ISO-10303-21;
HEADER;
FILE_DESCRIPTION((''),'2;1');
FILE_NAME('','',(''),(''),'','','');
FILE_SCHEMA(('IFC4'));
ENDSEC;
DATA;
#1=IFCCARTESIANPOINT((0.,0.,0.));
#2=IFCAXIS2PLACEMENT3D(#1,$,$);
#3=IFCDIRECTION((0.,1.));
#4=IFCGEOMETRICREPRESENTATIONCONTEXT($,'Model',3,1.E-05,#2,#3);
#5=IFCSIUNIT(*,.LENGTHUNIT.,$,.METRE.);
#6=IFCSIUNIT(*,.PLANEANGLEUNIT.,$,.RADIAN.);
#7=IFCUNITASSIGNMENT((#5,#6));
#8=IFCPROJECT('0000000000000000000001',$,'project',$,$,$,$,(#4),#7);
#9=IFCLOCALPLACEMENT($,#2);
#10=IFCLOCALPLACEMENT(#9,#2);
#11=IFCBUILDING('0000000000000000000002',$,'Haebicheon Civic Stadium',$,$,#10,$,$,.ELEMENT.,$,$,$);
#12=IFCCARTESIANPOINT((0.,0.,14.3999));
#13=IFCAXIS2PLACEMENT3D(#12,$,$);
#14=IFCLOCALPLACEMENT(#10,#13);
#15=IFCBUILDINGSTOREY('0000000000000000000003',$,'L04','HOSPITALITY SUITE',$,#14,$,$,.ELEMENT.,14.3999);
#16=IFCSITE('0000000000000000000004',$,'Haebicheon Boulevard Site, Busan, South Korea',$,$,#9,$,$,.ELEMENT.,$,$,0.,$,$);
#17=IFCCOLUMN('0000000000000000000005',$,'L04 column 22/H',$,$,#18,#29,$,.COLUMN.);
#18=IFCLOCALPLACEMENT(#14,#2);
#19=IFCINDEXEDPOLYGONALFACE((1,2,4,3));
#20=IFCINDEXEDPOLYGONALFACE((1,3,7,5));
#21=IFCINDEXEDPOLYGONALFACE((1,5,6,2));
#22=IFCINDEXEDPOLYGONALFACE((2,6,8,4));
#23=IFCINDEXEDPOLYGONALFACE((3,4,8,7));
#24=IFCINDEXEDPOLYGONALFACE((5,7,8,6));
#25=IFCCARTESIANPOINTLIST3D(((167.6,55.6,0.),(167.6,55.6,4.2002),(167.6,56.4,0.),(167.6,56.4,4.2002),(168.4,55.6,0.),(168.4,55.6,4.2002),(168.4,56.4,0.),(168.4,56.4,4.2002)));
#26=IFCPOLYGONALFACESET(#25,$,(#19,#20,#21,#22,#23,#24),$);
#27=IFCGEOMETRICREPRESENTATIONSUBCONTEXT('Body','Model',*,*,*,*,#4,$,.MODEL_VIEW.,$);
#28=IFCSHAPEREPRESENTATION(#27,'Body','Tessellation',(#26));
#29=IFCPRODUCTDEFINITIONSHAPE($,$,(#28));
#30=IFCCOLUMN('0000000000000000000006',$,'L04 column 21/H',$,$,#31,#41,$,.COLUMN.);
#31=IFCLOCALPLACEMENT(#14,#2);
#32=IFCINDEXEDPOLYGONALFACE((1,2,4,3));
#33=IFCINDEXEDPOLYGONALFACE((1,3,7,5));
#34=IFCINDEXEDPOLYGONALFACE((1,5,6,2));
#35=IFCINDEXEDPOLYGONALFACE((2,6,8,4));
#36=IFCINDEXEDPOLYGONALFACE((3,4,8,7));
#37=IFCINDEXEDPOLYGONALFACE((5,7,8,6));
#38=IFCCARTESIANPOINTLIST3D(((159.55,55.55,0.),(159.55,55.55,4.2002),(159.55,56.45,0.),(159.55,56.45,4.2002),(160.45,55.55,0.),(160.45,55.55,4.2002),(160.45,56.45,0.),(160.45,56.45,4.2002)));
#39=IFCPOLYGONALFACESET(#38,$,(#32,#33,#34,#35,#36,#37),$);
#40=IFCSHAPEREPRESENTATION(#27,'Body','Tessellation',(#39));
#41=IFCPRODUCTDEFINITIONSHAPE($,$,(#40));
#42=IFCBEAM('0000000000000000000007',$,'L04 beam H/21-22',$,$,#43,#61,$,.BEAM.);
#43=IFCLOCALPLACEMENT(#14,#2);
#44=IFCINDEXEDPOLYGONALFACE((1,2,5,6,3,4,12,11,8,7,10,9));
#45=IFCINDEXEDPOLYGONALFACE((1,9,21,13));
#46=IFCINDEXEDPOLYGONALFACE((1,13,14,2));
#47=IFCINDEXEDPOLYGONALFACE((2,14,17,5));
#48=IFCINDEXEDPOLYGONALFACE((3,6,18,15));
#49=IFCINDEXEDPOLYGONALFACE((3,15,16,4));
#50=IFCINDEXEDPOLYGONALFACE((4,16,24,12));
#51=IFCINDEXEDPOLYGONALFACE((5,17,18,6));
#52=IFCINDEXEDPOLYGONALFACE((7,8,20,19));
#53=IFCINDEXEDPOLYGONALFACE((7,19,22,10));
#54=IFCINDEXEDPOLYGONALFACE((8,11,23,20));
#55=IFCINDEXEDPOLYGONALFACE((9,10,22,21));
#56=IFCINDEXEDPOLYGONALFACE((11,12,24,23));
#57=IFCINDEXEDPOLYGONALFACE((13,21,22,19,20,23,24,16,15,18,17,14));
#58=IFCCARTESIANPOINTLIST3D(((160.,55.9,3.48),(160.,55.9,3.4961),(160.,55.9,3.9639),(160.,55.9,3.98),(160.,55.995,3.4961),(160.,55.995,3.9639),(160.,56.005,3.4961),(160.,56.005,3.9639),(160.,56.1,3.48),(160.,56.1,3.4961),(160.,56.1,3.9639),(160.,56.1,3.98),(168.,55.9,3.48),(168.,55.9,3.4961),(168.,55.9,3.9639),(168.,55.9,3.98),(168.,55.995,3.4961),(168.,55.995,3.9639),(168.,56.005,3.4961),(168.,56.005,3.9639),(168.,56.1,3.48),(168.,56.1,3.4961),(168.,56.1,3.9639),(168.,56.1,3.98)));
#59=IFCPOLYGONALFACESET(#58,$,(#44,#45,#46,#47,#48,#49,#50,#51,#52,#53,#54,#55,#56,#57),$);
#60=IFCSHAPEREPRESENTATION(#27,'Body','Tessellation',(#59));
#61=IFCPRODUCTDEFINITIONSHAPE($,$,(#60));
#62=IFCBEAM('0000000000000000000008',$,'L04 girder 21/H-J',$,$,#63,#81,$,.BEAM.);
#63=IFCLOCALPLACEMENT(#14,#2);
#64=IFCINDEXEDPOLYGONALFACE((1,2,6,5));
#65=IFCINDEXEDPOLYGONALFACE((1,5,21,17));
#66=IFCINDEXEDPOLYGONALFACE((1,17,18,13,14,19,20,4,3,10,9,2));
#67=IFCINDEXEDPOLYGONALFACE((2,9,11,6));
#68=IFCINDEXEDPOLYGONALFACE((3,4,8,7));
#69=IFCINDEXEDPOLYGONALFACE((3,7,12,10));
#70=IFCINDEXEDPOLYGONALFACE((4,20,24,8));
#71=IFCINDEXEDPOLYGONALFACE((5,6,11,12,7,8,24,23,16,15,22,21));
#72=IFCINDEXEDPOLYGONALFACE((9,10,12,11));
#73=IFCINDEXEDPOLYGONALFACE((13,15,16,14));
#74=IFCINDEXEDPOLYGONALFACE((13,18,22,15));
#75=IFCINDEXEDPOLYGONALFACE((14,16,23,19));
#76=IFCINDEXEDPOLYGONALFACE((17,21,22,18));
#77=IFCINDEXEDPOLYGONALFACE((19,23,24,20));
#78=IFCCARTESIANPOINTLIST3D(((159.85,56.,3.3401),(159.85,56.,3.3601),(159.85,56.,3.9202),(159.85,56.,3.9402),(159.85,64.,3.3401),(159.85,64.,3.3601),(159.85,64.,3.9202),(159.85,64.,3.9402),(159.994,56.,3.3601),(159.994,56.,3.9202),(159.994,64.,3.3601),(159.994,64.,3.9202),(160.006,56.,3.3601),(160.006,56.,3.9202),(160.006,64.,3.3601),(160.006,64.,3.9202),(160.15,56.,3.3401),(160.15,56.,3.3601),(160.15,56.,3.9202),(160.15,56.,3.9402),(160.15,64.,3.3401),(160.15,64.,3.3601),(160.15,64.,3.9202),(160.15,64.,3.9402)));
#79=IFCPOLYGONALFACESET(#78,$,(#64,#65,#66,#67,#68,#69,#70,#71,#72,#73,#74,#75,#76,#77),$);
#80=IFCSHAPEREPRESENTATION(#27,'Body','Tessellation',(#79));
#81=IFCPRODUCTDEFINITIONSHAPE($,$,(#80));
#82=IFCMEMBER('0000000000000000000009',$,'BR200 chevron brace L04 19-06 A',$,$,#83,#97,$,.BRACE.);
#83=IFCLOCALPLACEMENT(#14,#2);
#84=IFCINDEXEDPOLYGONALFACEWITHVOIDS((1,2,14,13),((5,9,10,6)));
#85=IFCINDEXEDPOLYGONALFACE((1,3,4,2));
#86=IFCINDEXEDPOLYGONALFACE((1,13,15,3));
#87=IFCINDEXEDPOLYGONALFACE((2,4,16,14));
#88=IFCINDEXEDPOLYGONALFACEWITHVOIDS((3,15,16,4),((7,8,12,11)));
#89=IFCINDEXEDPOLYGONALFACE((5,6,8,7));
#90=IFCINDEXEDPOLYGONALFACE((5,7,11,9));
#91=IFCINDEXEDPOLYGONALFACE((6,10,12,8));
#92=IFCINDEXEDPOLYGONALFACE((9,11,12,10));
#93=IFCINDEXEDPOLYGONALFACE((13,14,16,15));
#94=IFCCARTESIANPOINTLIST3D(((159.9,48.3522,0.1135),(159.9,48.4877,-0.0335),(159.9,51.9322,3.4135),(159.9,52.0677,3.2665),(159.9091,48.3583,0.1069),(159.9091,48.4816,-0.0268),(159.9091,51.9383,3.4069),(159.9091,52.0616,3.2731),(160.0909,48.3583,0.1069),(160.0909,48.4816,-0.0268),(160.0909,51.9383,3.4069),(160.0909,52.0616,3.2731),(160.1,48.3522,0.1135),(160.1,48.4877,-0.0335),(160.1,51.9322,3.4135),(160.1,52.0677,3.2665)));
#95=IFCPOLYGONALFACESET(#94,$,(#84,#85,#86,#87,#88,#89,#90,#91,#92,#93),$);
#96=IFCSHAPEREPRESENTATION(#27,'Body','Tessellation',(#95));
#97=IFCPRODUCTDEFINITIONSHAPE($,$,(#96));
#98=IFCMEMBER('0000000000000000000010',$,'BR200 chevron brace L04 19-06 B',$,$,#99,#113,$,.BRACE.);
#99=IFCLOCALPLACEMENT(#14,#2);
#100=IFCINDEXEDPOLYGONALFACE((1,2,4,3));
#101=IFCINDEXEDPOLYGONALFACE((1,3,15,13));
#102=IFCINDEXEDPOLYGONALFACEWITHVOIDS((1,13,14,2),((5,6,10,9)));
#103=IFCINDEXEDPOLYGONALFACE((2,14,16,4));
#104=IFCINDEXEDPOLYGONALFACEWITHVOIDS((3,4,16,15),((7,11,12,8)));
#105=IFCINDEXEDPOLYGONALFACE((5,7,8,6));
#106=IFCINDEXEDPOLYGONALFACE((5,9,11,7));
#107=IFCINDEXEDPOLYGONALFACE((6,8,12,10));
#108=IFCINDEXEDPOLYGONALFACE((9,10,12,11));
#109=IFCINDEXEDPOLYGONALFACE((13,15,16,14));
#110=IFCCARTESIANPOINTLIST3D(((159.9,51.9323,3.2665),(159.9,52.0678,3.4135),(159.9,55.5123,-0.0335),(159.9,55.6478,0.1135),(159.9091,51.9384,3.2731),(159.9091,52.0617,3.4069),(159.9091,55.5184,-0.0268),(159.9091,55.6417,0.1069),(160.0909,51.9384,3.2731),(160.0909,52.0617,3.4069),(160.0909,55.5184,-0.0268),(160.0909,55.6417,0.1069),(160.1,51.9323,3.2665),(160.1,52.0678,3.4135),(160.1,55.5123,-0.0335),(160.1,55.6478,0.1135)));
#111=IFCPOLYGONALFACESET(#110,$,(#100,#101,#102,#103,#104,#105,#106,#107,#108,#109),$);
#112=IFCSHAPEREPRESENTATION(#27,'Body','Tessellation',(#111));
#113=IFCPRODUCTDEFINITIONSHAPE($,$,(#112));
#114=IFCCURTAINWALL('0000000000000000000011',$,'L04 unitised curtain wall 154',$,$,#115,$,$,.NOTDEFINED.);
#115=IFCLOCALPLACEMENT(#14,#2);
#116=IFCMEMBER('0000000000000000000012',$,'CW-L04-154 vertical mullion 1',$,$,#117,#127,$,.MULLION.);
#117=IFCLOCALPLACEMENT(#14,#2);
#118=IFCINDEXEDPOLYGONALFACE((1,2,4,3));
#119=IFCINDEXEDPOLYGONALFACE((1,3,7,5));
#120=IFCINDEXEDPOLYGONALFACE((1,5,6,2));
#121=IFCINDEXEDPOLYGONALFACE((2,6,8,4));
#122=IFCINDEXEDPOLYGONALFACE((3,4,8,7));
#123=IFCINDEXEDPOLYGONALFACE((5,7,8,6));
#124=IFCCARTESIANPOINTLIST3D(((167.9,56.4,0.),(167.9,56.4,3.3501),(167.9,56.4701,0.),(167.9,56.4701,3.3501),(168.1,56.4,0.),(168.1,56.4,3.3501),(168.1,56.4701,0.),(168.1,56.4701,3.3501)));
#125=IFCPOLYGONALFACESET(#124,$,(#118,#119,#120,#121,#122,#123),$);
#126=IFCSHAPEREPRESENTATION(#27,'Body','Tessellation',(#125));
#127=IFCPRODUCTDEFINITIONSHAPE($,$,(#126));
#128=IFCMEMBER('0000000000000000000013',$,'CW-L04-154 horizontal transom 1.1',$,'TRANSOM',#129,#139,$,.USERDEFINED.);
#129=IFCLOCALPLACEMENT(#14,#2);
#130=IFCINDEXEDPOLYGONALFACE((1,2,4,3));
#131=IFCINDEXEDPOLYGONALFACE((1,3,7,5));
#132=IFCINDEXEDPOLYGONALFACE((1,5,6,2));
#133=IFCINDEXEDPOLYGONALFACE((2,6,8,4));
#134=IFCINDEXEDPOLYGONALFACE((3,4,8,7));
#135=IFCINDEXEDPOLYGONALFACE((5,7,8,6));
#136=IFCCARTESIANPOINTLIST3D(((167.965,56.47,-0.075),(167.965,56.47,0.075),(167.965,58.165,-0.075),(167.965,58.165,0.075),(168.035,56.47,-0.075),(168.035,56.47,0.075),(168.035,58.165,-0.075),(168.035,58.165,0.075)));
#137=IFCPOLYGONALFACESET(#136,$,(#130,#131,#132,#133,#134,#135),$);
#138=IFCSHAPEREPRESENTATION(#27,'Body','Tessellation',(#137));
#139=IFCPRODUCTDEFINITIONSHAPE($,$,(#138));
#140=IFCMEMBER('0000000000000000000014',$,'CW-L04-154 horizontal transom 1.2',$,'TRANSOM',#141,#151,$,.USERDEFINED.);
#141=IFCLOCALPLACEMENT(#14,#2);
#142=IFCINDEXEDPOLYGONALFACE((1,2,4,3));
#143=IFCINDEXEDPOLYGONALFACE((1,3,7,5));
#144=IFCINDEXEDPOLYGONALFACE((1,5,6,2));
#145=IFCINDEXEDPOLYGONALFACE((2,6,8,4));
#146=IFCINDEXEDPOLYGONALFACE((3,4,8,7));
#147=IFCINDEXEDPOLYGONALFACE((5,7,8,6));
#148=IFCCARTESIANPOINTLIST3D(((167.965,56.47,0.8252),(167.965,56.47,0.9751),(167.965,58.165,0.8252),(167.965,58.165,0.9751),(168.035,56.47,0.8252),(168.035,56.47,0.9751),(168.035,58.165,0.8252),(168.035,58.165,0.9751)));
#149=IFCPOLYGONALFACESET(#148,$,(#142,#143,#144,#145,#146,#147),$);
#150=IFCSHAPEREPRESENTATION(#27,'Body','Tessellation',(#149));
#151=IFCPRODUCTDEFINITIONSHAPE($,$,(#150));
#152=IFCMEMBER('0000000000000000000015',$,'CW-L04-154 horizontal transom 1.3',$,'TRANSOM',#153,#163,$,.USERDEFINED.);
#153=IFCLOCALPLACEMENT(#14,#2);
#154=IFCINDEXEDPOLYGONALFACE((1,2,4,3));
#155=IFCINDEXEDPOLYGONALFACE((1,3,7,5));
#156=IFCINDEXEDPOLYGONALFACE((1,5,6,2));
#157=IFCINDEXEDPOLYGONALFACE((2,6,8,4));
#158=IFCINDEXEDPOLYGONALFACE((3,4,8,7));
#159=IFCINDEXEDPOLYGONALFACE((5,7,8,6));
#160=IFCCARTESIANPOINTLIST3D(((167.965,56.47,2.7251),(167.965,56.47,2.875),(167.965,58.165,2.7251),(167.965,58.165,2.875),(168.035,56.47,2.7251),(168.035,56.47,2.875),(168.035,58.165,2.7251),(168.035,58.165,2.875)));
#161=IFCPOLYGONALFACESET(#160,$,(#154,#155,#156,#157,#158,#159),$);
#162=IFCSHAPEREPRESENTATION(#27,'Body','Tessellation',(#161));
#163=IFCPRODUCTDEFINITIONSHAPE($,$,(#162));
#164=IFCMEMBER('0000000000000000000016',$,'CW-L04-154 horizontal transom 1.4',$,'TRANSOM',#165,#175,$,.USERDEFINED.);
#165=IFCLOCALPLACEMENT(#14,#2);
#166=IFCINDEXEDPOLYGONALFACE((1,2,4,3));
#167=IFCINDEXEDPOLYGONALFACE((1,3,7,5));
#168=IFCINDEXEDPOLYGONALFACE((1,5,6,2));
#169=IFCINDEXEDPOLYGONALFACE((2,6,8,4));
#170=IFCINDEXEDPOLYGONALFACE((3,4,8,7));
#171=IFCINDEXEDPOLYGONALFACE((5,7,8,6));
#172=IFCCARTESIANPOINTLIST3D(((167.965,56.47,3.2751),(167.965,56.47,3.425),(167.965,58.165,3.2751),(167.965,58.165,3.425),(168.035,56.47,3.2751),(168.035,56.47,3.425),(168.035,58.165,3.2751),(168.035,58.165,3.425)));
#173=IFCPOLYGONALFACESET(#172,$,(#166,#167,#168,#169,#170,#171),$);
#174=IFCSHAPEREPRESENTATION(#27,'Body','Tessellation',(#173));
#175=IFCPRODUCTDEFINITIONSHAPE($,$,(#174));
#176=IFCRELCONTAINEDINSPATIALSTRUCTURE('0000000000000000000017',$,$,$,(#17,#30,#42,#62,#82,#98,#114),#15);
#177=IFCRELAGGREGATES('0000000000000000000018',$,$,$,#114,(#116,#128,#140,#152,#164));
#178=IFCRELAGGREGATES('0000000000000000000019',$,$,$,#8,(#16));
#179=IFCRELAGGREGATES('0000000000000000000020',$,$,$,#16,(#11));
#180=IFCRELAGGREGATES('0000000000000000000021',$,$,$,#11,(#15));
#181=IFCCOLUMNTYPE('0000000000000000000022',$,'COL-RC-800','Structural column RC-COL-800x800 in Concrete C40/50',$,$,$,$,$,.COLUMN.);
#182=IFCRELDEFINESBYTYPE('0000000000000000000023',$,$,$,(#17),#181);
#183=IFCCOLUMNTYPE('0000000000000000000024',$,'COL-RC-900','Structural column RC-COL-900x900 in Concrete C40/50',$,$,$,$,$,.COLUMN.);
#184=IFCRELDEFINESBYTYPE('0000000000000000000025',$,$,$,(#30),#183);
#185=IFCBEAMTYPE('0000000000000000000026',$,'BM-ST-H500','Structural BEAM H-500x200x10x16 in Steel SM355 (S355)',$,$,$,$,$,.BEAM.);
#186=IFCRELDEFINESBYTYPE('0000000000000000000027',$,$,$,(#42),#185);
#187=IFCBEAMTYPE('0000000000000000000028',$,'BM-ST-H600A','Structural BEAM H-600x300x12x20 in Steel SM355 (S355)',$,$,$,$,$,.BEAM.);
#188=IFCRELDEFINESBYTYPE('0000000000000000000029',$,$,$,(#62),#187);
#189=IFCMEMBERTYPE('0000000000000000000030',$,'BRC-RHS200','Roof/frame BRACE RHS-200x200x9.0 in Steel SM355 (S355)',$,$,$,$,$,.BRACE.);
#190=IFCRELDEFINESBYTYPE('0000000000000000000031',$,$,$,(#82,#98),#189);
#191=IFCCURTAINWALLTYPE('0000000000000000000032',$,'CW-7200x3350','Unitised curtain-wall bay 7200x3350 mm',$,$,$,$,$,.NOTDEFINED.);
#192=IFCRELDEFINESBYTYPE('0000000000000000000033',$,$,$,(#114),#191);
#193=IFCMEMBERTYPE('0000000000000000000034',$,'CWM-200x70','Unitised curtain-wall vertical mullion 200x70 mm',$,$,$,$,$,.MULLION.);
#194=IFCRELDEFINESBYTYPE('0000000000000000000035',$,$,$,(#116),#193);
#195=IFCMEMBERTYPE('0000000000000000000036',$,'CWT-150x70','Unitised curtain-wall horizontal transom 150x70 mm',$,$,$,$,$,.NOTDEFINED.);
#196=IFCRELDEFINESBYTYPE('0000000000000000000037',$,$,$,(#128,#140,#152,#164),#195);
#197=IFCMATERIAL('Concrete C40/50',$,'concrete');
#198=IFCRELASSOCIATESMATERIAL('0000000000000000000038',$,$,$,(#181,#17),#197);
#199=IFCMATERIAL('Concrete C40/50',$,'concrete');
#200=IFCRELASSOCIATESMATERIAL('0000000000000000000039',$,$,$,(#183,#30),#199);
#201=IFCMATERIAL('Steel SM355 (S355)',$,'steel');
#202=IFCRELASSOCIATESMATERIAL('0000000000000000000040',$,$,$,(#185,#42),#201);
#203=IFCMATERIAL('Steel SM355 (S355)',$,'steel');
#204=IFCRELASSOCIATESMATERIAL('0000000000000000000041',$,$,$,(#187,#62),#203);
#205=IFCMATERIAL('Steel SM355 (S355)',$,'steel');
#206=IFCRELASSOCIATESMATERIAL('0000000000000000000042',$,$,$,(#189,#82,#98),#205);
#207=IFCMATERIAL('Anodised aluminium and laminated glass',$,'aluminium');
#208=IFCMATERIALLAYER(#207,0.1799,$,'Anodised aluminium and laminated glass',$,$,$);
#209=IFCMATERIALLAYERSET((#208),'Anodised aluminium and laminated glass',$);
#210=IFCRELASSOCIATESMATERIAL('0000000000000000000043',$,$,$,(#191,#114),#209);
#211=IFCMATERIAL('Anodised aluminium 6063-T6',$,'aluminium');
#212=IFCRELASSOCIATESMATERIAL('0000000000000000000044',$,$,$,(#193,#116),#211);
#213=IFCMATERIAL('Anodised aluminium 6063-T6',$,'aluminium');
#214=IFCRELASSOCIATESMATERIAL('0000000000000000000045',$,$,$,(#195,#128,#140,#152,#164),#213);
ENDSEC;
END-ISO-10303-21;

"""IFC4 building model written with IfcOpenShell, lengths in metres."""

from ifc_helpers import new_model, si_unit, direction, frame, origin, origin_2d, place, context, subcontext, project, spatial, rectangle, hollow_rectangle, i_section, extrude, material, layer, layer_set, material_profile, profile_set, type_object, element, aggregate, save


model = new_model("IFC4")

# Units and contexts
model_context = context("Model", 3, precision=1e-05, world=origin(), true_north=direction((0.0, 1.0)))
body_context = subcontext(model_context, "Body", "Model", "MODEL_VIEW")
ifc_project = project(units=[si_unit("LENGTHUNIT", "METRE"), si_unit("PLANEANGLEUNIT", "RADIAN")], contexts=[model_context])

# Site, building, storey
site_placement = place(None, origin())
site = spatial("IfcSite", under=ifc_project, at=site_placement, Name="Haebicheon Boulevard Site, Busan, South Korea", CompositionType="ELEMENT", RefElevation=0.0)
building_placement = place(site_placement, origin())
building = spatial("IfcBuilding", under=site, at=building_placement, Name="Haebicheon Civic Stadium", CompositionType="ELEMENT")
storey_placement = place(building_placement, frame((0.0, 0.0, 14.3999)))
storey = spatial("IfcBuildingStorey", under=building, at=storey_placement, Name="L04", Description="HOSPITALITY SUITE", CompositionType="ELEMENT", Elevation=14.3999)

# Columns
ifc_material_1 = material(Name="Concrete C40/50", Category="concrete")
ifc_material_profile_1 = material_profile(ifc_material_1, rectangle(XDim=0.8, YDim=0.8, at=origin_2d()), Name="RC-COL-800x800")
ifc_profile_set_1 = profile_set([ifc_material_profile_1], Name="Concrete C40/50")
column_type_1 = type_object("IfcColumnType", Name="COL-RC-800", Description="Structural column RC-COL-800x800 in Concrete C40/50", PredefinedType="COLUMN", material=ifc_profile_set_1)
column_1_placement = place(storey_placement, frame((168.0, 56.0, 0.0), z_axis=(0.0, 0.0, 1.0), x_axis=(1.0, 0.0, 0.0)))
element("IfcColumn", 1, at=column_1_placement, inside=storey, type_object=column_type_1, material=ifc_profile_set_1, Name="L04 column 22/H", PredefinedType="COLUMN", context=body_context, shape_type="SweptSolid", body=[
    extrude(rectangle(XDim=0.8, YDim=0.8, at=origin_2d()), origin(), (0.0, 0.0, 1.0), 4.2002),
])
ifc_material_2 = material(Name="Concrete C40/50", Category="concrete")
ifc_material_profile_2 = material_profile(ifc_material_2, rectangle(XDim=0.8999, YDim=0.8999, at=origin_2d()), Name="RC-COL-900x900")
ifc_profile_set_2 = profile_set([ifc_material_profile_2], Name="Concrete C40/50")
column_type_2 = type_object("IfcColumnType", Name="COL-RC-900", Description="Structural column RC-COL-900x900 in Concrete C40/50", PredefinedType="COLUMN", material=ifc_profile_set_2)
column_2_placement = place(storey_placement, frame((160.0, 56.0, 0.0), z_axis=(0.0, 0.0, 1.0), x_axis=(1.0, 0.0, 0.0)))
element("IfcColumn", 2, at=column_2_placement, inside=storey, type_object=column_type_2, material=ifc_profile_set_2, Name="L04 column 21/H", PredefinedType="COLUMN", context=body_context, shape_type="SweptSolid", body=[
    extrude(rectangle(XDim=0.8999, YDim=0.8999, at=origin_2d()), origin(), (0.0, 0.0, 1.0), 4.2002),
])

# Beams
ifc_material_3 = material(Name="Steel SM355 (S355)", Category="steel")
ifc_material_profile_3 = material_profile(ifc_material_3, i_section(OverallWidth=0.2, OverallDepth=0.5, WebThickness=0.01, FlangeThickness=0.0161, at=origin_2d()), Name="H-500x200x10x16")
ifc_profile_set_3 = profile_set([ifc_material_profile_3], Name="Steel SM355 (S355)")
beam_type_1 = type_object("IfcBeamType", Name="BM-ST-H500", Description="Structural BEAM H-500x200x10x16 in Steel SM355 (S355)", PredefinedType="BEAM", material=ifc_profile_set_3)
beam_1_placement = place(storey_placement, frame((160.0, 56.0, 3.73), z_axis=(1.0, 0.0, 0.0), x_axis=(0.0, 1.0, 0.0)))
element("IfcBeam", 3, at=beam_1_placement, inside=storey, type_object=beam_type_1, material=ifc_profile_set_3, Name="L04 beam H/21-22", PredefinedType="BEAM", context=body_context, shape_type="SweptSolid", body=[
    extrude(i_section(OverallWidth=0.2, OverallDepth=0.5, WebThickness=0.01, FlangeThickness=0.0161, at=origin_2d()), origin(), (0.0, 0.0, 1.0), 8.0),
])
ifc_material_4 = material(Name="Steel SM355 (S355)", Category="steel")
ifc_material_profile_4 = material_profile(ifc_material_4, i_section(OverallWidth=0.3, OverallDepth=0.6001, WebThickness=0.012, FlangeThickness=0.02, at=origin_2d()), Name="H-600x300x12x20")
ifc_profile_set_4 = profile_set([ifc_material_profile_4], Name="Steel SM355 (S355)")
beam_type_2 = type_object("IfcBeamType", Name="BM-ST-H600A", Description="Structural BEAM H-600x300x12x20 in Steel SM355 (S355)", PredefinedType="BEAM", material=ifc_profile_set_4)
beam_2_placement = place(storey_placement, frame((160.0, 56.0, 3.6401), z_axis=(0.0, 1.0, 0.0), x_axis=(-1.0, 0.0, 0.0)))
element("IfcBeam", 4, at=beam_2_placement, inside=storey, type_object=beam_type_2, material=ifc_profile_set_4, Name="L04 girder 21/H-J", PredefinedType="BEAM", context=body_context, shape_type="SweptSolid", body=[
    extrude(i_section(OverallWidth=0.3, OverallDepth=0.6001, WebThickness=0.012, FlangeThickness=0.02, at=origin_2d()), origin(), (0.0, 0.0, 1.0), 8.0),
])

# Members
ifc_material_5 = material(Name="Steel SM355 (S355)", Category="steel")
ifc_material_profile_5 = material_profile(ifc_material_5, hollow_rectangle(XDim=0.2, YDim=0.2, WallThickness=0.009, at=origin_2d()), Name="RHS-200x200x9.0")
ifc_profile_set_5 = profile_set([ifc_material_profile_5], Name="Steel SM355 (S355)")
member_type_1 = type_object("IfcMemberType", Name="BRC-RHS200", Description="Roof/frame BRACE RHS-200x200x9.0 in Steel SM355 (S355)", PredefinedType="BRACE", material=ifc_profile_set_5)
for number, where, z_axis, x_axis, name in (
    (5, (160.0, 48.4199, 0.04), (0.0, 0.735278, 0.677766), (-1.0, 0.0, 0.0), "BR200 chevron brace L04 19-06 A"),
    (6, (160.0, 55.5801, 0.04), (0.0, -0.735278, 0.677766), (1.0, 0.0, 0.0), "BR200 chevron brace L04 19-06 B"),
):
    element("IfcMember", number, at=place(storey_placement, frame(where, z_axis=z_axis, x_axis=x_axis)), inside=storey, type_object=member_type_1, material=ifc_profile_set_5, Name=name, PredefinedType="BRACE", context=body_context, shape_type="SweptSolid", body=[
        extrude(hollow_rectangle(XDim=0.2, YDim=0.2, WallThickness=0.009, at=origin_2d()), origin(), (0.0, 0.0, 1.0), 4.8689),
    ])

# Curtain wall, members
ifc_material_6 = material(Name="Anodised aluminium and laminated glass", Category="aluminium")
ifc_layer_1 = layer(ifc_material_6, 0.1799, Name="Anodised aluminium and laminated glass")
ifc_layer_set_1 = layer_set([ifc_layer_1], Name="Anodised aluminium and laminated glass")
curtain_wall_type = type_object("IfcCurtainWallType", Name="CW-7200x3350", Description="Unitised curtain-wall bay 7200x3350 mm", PredefinedType="NOTDEFINED", material=ifc_layer_set_1)
curtain_wall_placement = place(storey_placement, origin())
curtain_wall = element("IfcCurtainWall", 7, at=curtain_wall_placement, inside=storey, type_object=curtain_wall_type, material=ifc_layer_set_1, Name="L04 unitised curtain wall 154", PredefinedType="NOTDEFINED")
ifc_material_7 = material(Name="Anodised aluminium 6063-T6", Category="aluminium")
ifc_material_profile_6 = material_profile(ifc_material_7, rectangle(XDim=0.0701, YDim=0.2, at=origin_2d()), Name="ALU-MULL-70x200")
ifc_profile_set_6 = profile_set([ifc_material_profile_6], Name="Anodised aluminium 6063-T6")
member_type_2 = type_object("IfcMemberType", Name="CWM-200x70", Description="Unitised curtain-wall vertical mullion 200x70 mm", PredefinedType="MULLION", material=ifc_profile_set_6)
member_1_placement = place(storey_placement, frame((168.0, 56.4351, 0.0), z_axis=(0.0, 0.0, 1.0), x_axis=(0.0, 1.0, 0.0)))
member_1 = element("IfcMember", 8, at=member_1_placement, type_object=member_type_2, material=ifc_profile_set_6, Name="CW-L04-154 vertical mullion 1", PredefinedType="MULLION", context=body_context, shape_type="SweptSolid", body=[
    extrude(rectangle(XDim=0.0701, YDim=0.2, at=origin_2d()), origin(), (0.0, 0.0, 1.0), 3.3501),
])
ifc_material_8 = material(Name="Anodised aluminium 6063-T6", Category="aluminium")
ifc_material_profile_7 = material_profile(ifc_material_8, rectangle(XDim=0.0701, YDim=0.1499, at=origin_2d()), Name="ALU-TRAN-70x150")
ifc_profile_set_7 = profile_set([ifc_material_profile_7], Name="Anodised aluminium 6063-T6")
member_type_3 = type_object("IfcMemberType", Name="CWT-150x70", Description="Unitised curtain-wall horizontal transom 150x70 mm", PredefinedType="NOTDEFINED", material=ifc_profile_set_7)
member_2_placement = place(storey_placement, frame((168.0, 56.47, 0.0), z_axis=(0.0, 1.0, 0.0), x_axis=(-1.0, 0.0, 0.0)))
member_2 = element("IfcMember", 9, at=member_2_placement, type_object=member_type_3, material=ifc_profile_set_7, Name="CW-L04-154 horizontal transom 1.1", ObjectType="TRANSOM", PredefinedType="USERDEFINED", context=body_context, shape_type="SweptSolid", body=[
    extrude(rectangle(XDim=0.0701, YDim=0.1499, at=origin_2d()), origin(), (0.0, 0.0, 1.0), 1.6951),
])
member_3_placement = place(storey_placement, frame((168.0, 56.47, 0.9001), z_axis=(0.0, 1.0, 0.0), x_axis=(-1.0, 0.0, 0.0)))
member_3 = element("IfcMember", 10, at=member_3_placement, type_object=member_type_3, material=ifc_profile_set_7, Name="CW-L04-154 horizontal transom 1.2", ObjectType="TRANSOM", PredefinedType="USERDEFINED", context=body_context, shape_type="SweptSolid", body=[
    extrude(rectangle(XDim=0.0701, YDim=0.1499, at=origin_2d()), origin(), (0.0, 0.0, 1.0), 1.6951),
])
member_4_placement = place(storey_placement, frame((168.0, 56.47, 2.8), z_axis=(0.0, 1.0, 0.0), x_axis=(-1.0, 0.0, 0.0)))
member_4 = element("IfcMember", 11, at=member_4_placement, type_object=member_type_3, material=ifc_profile_set_7, Name="CW-L04-154 horizontal transom 1.3", ObjectType="TRANSOM", PredefinedType="USERDEFINED", context=body_context, shape_type="SweptSolid", body=[
    extrude(rectangle(XDim=0.0701, YDim=0.1499, at=origin_2d()), origin(), (0.0, 0.0, 1.0), 1.6951),
])
member_5_placement = place(storey_placement, frame((168.0, 56.47, 3.3501), z_axis=(0.0, 1.0, 0.0), x_axis=(-1.0, 0.0, 0.0)))
member_5 = element("IfcMember", 12, at=member_5_placement, type_object=member_type_3, material=ifc_profile_set_7, Name="CW-L04-154 horizontal transom 1.4", ObjectType="TRANSOM", PredefinedType="USERDEFINED", context=body_context, shape_type="SweptSolid", body=[
    extrude(rectangle(XDim=0.0701, YDim=0.1499, at=origin_2d()), origin(), (0.0, 0.0, 1.0), 1.6951),
])

aggregate(curtain_wall, [member_1, member_2, member_3, member_4, member_5])

save(model, "model.ifc")
